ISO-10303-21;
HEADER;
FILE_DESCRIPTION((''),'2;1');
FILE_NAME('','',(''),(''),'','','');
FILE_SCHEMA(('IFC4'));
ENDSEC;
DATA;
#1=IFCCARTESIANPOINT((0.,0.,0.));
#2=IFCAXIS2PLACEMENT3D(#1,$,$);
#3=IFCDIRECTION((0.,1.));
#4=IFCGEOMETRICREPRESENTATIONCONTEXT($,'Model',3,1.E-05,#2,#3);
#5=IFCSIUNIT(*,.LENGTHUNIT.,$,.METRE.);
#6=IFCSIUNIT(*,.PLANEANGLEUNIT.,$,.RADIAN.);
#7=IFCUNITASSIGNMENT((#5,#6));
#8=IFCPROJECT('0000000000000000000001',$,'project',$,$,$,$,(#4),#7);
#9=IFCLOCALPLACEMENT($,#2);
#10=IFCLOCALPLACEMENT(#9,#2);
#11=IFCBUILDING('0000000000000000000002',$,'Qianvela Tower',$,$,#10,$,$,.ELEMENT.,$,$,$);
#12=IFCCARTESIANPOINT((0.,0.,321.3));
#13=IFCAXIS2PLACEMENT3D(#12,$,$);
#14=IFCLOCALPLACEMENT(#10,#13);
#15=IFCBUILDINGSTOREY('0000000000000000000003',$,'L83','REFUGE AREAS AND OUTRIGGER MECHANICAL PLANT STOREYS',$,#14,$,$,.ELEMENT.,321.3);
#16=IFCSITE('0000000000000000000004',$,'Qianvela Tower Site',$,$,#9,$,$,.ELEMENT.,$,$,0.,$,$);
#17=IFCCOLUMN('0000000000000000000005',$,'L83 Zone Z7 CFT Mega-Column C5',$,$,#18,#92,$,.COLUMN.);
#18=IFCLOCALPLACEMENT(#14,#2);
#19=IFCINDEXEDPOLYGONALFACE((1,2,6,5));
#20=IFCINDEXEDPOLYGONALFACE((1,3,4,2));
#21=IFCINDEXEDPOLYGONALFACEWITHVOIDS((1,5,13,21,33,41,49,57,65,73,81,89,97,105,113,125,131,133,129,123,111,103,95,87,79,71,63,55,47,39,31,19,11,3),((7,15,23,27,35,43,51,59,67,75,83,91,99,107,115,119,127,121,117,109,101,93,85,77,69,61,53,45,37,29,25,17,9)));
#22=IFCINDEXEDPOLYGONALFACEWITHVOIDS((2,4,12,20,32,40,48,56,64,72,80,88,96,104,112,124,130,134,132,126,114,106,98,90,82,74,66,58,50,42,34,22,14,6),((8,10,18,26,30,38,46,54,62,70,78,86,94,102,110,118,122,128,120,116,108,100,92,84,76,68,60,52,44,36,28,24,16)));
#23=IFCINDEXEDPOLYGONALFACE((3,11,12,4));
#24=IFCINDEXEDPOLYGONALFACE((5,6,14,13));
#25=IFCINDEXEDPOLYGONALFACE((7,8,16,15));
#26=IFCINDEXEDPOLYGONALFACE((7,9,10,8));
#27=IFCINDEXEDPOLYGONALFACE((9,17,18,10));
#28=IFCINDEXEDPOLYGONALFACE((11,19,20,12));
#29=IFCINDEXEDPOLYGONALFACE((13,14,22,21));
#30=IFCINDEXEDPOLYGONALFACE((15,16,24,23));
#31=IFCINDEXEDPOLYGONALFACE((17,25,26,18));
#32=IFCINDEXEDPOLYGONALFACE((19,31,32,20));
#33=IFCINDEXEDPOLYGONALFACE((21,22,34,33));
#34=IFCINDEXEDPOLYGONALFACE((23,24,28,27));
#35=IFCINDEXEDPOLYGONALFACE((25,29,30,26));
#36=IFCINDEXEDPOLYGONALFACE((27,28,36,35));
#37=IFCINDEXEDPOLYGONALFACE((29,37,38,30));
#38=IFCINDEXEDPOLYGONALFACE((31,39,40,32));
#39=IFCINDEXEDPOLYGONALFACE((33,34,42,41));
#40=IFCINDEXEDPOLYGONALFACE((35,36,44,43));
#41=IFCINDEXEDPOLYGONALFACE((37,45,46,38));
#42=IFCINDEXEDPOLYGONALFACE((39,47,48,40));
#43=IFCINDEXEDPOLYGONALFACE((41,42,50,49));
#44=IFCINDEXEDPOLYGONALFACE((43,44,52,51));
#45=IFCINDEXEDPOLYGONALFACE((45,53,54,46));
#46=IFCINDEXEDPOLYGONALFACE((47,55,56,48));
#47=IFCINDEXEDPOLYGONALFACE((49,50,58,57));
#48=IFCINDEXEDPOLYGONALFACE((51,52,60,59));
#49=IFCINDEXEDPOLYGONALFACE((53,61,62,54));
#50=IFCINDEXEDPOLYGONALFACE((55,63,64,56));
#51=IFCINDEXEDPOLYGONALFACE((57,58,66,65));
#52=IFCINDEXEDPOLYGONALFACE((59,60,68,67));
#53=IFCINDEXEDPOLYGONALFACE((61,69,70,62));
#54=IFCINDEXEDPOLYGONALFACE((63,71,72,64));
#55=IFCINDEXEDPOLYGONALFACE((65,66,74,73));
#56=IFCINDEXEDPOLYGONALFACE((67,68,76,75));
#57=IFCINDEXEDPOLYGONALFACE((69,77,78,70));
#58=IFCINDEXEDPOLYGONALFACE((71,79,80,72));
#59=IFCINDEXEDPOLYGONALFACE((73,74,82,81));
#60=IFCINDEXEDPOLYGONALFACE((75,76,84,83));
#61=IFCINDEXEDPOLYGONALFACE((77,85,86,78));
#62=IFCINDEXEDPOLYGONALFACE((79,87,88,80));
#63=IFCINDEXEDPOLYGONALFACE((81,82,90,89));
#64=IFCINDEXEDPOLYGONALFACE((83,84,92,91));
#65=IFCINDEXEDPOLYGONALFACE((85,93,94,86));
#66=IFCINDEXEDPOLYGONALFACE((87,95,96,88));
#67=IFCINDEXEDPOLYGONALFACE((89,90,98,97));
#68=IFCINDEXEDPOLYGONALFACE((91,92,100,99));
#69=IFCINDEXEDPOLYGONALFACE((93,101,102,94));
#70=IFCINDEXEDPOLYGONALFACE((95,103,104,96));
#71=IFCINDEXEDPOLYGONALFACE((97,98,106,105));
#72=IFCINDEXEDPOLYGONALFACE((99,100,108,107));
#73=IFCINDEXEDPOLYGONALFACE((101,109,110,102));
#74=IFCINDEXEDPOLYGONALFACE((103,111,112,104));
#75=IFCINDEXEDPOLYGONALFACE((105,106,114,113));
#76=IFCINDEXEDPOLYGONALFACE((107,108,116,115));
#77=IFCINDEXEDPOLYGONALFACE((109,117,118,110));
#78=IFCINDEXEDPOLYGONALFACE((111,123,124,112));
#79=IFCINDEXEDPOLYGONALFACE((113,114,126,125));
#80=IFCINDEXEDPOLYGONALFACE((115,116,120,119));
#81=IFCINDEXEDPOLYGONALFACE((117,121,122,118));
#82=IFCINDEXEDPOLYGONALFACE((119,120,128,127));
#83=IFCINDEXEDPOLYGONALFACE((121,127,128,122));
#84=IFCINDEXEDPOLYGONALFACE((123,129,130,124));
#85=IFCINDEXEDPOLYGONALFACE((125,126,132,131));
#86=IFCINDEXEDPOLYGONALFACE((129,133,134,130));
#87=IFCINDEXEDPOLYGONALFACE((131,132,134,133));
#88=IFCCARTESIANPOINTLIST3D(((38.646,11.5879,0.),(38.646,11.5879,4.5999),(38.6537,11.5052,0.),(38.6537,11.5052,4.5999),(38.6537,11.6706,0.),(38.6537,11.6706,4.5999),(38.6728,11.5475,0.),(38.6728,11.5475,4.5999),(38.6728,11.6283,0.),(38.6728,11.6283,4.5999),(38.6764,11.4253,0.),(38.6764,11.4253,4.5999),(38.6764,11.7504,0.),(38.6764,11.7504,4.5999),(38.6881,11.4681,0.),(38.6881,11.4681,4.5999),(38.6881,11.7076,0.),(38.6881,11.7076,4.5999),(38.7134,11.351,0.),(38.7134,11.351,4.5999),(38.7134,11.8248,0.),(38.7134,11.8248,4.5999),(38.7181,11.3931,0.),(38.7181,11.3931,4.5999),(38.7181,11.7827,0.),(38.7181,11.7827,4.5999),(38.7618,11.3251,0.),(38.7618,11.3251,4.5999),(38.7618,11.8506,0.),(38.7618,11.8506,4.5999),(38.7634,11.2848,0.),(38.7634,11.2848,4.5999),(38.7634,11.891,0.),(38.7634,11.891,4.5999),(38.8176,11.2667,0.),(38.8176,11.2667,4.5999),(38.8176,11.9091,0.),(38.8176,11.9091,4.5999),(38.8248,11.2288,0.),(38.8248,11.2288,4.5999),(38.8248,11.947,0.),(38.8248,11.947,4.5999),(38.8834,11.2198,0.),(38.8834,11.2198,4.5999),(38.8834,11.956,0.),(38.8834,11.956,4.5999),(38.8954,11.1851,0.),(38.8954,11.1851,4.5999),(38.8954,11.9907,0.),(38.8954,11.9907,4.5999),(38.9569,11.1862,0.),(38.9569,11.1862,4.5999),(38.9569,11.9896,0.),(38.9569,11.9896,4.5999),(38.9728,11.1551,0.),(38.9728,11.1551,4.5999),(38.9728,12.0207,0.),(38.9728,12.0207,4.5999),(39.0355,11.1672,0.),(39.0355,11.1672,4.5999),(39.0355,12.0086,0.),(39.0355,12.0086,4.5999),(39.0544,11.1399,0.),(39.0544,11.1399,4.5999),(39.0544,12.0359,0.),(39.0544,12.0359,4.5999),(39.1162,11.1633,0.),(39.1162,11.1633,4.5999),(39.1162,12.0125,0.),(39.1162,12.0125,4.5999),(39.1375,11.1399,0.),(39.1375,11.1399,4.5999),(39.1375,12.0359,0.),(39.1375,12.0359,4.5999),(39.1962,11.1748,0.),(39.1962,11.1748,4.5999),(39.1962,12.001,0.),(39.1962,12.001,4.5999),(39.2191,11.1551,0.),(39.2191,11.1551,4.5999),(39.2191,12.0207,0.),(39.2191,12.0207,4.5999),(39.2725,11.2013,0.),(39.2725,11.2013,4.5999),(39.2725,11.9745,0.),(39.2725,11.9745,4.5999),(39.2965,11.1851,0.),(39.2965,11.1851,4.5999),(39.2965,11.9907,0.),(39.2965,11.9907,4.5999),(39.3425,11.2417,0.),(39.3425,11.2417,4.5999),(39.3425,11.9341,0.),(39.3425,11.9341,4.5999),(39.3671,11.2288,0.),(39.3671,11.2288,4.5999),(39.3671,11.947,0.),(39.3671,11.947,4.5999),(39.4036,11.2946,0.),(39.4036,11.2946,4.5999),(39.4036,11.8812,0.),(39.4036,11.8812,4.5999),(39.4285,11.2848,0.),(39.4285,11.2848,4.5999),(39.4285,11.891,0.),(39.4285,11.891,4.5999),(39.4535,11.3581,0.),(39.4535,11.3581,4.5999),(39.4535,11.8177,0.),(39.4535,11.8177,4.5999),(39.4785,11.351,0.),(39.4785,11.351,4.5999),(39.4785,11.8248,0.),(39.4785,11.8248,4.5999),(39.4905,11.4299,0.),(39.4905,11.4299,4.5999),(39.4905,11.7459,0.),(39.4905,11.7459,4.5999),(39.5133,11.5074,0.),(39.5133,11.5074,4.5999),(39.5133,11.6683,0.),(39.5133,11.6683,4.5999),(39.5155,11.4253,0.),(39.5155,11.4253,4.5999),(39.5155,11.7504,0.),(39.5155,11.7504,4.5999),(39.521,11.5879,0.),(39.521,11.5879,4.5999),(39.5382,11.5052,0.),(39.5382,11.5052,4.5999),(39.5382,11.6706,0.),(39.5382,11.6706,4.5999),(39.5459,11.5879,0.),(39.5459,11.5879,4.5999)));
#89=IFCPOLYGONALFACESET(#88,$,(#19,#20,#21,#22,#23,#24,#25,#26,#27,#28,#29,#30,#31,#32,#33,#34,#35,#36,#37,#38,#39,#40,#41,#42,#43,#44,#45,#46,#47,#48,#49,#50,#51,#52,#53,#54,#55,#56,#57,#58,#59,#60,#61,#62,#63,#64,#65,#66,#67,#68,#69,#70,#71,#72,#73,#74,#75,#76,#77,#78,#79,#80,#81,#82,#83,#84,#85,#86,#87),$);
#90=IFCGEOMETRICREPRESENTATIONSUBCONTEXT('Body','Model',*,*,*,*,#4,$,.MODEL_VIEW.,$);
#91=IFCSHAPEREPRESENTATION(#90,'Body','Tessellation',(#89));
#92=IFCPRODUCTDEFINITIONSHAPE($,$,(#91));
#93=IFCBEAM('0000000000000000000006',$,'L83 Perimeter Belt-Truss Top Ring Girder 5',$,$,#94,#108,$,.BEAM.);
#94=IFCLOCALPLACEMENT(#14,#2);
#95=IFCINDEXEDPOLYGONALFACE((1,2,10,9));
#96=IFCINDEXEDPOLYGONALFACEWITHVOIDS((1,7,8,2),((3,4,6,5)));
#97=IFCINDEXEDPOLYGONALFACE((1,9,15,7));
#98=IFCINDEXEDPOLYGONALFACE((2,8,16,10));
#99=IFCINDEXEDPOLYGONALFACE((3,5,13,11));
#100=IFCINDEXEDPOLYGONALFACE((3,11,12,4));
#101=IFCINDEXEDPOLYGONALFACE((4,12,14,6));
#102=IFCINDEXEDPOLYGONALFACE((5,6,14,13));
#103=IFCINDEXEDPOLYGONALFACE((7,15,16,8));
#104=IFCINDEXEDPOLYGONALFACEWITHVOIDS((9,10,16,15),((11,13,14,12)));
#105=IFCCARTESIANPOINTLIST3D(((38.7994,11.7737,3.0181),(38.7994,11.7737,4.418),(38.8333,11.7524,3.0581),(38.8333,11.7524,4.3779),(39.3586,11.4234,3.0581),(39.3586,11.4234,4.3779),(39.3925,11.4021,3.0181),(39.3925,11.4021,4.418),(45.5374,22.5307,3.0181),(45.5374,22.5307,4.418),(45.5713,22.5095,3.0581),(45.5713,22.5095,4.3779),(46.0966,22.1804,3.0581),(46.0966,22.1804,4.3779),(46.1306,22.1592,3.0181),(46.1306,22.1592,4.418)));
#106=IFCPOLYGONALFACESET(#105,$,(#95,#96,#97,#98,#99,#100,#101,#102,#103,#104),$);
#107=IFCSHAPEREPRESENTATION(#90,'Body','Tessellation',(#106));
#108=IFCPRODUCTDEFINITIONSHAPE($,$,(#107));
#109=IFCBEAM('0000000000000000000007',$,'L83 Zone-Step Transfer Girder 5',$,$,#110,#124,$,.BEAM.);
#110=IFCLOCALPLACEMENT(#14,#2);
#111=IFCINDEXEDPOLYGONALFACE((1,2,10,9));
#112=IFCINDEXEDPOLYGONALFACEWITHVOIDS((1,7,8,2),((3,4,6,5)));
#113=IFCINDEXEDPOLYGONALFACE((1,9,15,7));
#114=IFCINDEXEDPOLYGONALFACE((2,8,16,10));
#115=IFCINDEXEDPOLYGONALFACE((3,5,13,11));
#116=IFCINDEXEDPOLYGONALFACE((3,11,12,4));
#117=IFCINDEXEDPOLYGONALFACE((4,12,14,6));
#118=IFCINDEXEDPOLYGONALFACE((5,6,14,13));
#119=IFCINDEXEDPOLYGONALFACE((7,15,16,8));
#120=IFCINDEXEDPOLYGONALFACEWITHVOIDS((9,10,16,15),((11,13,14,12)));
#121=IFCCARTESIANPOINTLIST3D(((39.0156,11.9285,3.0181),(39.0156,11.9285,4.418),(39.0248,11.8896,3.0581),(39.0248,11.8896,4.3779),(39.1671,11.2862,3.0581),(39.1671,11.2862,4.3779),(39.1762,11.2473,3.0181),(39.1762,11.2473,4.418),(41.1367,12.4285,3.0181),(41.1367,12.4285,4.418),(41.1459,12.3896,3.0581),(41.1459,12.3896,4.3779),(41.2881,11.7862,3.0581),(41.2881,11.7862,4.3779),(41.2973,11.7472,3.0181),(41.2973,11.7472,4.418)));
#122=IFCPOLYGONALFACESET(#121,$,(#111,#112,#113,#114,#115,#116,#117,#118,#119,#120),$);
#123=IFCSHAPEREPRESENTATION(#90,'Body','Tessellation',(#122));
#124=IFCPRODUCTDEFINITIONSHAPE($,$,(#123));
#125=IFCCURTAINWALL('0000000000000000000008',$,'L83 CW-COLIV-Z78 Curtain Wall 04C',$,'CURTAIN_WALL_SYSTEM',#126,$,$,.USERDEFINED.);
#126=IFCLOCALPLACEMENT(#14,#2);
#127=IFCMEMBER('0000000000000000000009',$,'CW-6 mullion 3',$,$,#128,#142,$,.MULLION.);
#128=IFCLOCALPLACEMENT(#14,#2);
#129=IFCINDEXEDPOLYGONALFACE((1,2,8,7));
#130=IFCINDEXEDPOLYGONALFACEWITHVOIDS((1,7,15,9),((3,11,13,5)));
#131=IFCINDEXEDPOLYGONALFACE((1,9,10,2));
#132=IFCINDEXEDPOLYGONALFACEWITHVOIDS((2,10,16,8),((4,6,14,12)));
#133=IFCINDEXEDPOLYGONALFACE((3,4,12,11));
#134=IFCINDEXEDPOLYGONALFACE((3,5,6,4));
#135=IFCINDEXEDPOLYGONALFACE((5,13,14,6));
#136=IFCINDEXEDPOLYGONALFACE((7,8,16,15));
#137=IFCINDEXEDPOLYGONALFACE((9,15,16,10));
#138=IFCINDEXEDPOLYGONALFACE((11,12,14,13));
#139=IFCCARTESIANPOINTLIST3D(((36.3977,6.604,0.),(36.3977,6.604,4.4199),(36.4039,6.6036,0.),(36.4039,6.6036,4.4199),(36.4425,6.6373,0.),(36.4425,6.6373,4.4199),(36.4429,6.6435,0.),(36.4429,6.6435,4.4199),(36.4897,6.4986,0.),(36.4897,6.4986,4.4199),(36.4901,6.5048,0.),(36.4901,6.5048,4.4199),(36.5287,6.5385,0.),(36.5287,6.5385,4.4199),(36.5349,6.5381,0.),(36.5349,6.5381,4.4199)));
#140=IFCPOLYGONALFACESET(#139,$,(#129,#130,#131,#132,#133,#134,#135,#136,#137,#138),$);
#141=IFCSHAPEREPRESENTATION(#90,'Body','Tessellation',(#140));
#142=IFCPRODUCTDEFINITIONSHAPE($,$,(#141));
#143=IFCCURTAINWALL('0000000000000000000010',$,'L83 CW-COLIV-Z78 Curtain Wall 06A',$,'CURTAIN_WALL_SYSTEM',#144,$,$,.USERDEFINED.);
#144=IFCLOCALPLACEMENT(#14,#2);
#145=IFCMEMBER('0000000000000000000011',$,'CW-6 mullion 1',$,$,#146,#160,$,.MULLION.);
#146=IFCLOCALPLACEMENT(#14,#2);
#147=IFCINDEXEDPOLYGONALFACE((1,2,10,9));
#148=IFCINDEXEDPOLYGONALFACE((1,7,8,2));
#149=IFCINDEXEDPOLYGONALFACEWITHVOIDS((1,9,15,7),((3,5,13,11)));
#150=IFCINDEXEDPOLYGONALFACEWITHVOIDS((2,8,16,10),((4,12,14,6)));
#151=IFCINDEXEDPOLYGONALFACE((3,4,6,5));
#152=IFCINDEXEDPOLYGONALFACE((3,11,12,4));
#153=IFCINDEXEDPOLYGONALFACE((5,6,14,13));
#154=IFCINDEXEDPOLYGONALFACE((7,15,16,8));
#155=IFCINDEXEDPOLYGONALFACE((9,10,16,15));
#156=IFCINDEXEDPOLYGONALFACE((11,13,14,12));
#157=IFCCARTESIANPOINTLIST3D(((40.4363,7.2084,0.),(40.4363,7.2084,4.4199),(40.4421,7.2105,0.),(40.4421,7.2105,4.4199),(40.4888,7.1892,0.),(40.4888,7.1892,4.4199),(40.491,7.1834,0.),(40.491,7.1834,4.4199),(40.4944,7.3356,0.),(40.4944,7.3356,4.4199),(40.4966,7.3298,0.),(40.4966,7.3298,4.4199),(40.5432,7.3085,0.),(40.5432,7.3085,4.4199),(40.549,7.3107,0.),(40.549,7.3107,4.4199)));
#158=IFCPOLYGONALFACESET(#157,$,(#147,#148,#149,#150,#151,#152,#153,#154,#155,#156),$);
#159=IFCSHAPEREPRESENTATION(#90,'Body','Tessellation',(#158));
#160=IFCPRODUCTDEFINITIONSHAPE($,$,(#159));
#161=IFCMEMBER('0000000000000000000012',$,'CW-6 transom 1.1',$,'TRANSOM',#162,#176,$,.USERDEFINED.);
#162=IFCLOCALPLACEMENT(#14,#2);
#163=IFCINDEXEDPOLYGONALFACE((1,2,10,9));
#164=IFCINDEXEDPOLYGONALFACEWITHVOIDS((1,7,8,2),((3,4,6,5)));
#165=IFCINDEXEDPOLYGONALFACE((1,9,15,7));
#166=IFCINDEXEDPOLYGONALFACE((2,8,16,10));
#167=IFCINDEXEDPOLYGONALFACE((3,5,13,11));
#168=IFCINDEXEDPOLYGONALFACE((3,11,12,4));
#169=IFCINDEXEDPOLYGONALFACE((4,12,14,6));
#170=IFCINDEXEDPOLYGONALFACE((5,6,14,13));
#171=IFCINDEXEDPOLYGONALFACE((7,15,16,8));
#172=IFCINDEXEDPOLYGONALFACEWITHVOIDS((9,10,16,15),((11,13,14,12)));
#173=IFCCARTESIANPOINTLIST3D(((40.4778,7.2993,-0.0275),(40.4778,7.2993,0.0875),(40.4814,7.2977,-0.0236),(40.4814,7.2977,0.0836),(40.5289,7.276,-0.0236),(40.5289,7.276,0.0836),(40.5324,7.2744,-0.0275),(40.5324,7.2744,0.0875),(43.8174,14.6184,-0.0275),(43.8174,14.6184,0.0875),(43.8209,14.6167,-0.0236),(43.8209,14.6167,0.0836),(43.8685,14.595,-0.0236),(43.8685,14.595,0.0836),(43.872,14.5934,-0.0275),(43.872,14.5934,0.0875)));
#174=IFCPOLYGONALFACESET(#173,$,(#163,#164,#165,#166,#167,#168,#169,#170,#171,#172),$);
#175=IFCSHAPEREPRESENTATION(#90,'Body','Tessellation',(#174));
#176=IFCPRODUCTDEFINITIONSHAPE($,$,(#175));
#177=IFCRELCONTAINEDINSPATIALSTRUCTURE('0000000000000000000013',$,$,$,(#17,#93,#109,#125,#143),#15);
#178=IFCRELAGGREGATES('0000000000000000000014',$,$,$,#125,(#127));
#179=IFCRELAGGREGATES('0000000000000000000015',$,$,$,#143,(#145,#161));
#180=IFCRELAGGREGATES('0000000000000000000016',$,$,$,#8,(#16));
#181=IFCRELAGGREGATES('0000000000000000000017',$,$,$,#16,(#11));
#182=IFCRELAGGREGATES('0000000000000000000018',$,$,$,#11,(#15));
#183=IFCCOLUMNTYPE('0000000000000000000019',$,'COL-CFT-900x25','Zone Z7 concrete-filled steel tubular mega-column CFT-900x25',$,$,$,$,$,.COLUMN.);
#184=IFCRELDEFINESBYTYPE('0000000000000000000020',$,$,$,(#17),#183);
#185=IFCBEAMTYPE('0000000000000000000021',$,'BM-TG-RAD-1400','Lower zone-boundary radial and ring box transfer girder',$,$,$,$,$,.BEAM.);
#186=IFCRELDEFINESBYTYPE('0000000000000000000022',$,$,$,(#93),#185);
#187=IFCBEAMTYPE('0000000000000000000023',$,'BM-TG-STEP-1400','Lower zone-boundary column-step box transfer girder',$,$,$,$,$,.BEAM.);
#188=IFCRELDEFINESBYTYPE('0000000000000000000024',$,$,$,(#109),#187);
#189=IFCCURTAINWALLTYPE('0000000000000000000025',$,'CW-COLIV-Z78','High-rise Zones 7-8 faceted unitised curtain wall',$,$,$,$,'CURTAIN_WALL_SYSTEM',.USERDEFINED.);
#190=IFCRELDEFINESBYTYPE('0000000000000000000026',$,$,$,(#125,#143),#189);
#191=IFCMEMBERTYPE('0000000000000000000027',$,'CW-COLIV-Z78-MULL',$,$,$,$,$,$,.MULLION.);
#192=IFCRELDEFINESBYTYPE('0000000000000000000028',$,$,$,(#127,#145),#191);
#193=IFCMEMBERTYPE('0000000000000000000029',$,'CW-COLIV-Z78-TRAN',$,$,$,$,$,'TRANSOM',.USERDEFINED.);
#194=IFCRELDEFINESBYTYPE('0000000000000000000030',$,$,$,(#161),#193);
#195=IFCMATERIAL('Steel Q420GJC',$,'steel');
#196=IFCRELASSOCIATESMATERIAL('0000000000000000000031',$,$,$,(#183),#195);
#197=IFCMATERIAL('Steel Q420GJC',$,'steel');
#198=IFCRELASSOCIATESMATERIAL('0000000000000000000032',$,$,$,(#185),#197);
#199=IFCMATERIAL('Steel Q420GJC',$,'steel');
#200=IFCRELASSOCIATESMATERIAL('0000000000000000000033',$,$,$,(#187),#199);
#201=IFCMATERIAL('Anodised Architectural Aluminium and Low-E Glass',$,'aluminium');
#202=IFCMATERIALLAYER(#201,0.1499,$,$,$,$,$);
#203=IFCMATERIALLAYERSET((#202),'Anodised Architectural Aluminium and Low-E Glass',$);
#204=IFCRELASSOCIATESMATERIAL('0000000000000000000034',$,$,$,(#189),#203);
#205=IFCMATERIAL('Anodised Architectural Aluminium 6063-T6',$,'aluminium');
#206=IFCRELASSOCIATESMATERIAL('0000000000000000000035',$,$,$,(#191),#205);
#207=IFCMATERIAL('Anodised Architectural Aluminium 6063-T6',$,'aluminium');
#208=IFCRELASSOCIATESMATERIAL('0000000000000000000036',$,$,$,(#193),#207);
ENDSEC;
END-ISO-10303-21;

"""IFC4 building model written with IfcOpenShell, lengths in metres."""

from ifc_helpers import new_model, si_unit, direction, frame, origin, origin_2d, place, context, subcontext, project, spatial, hollow_rectangle, hollow_circle, extrude, material, layer, layer_set, material_profile, profile_set, type_object, element, aggregate, save


model = new_model("IFC4")

# Units and contexts
model_context = context("Model", 3, precision=1e-05, world=origin(), true_north=direction((0.0, 1.0)))
body_context = subcontext(model_context, "Body", "Model", "MODEL_VIEW")
ifc_project = project(units=[si_unit("LENGTHUNIT", "METRE"), si_unit("PLANEANGLEUNIT", "RADIAN")], contexts=[model_context])

# Site, building, storey
site_placement = place(None, origin())
site = spatial("IfcSite", under=ifc_project, at=site_placement, Name="Qianvela Tower Site", CompositionType="ELEMENT", RefElevation=0.0)
building_placement = place(site_placement, origin())
building = spatial("IfcBuilding", under=site, at=building_placement, Name="Qianvela Tower", CompositionType="ELEMENT")
storey_placement = place(building_placement, frame((0.0, 0.0, 321.3)))
storey = spatial("IfcBuildingStorey", under=building, at=storey_placement, Name="L83", Description="REFUGE AREAS AND OUTRIGGER MECHANICAL PLANT STOREYS", CompositionType="ELEMENT", Elevation=321.3)

# Column
ifc_material_1 = material(Name="Steel Q420GJC", Category="steel")
ifc_material_profile_1 = material_profile(ifc_material_1, hollow_circle(Radius=0.45, WallThickness=0.0249, at=origin_2d()), Name="CFT-900x25")
ifc_profile_set_1 = profile_set([ifc_material_profile_1], Name="Steel Q420GJC")
column_type = type_object("IfcColumnType", Name="COL-CFT-900x25", Description="Zone Z7 concrete-filled steel tubular mega-column CFT-900x25", PredefinedType="COLUMN", material=ifc_profile_set_1)
column_placement = place(storey_placement, frame((39.0959, 11.5879, 0.0), z_axis=(0.0, 0.0, 1.0), x_axis=(1.0, 0.0, 0.0)))
element("IfcColumn", 1, at=column_placement, inside=storey, type_object=column_type, Name="L83 Zone Z7 CFT Mega-Column C5", PredefinedType="COLUMN", context=body_context, shape_type="SweptSolid", body=[
    extrude(hollow_circle(Radius=0.45, WallThickness=0.0249, at=origin_2d()), origin(), (0.0, 0.0, 1.0), 4.5999),
])

# Beams
ifc_material_2 = material(Name="Steel Q420GJC", Category="steel")
ifc_material_profile_2 = material_profile(ifc_material_2, hollow_rectangle(XDim=0.7, YDim=1.3999, WallThickness=0.04, at=origin_2d()), Name="TG-BOX-1400x700x40")
ifc_profile_set_2 = profile_set([ifc_material_profile_2], Name="Steel Q420GJC")
beam_type_1 = type_object("IfcBeamType", Name="BM-TG-RAD-1400", Description="Lower zone-boundary radial and ring box transfer girder", PredefinedType="BEAM", material=ifc_profile_set_2)
beam_1_placement = place(storey_placement, frame((39.0959, 11.5879, 3.718), z_axis=(0.530841, 0.847472, 0.0), x_axis=(-0.847472, 0.530841, 0.0)))
element("IfcBeam", 2, at=beam_1_placement, inside=storey, type_object=beam_type_1, Name="L83 Perimeter Belt-Truss Top Ring Girder 5", PredefinedType="BEAM", context=body_context, shape_type="SweptSolid", body=[
    extrude(hollow_rectangle(XDim=0.7, YDim=1.3999, WallThickness=0.04, at=origin_2d()), origin(), (0.0, 0.0, 1.0), 12.6931),
])
ifc_material_3 = material(Name="Steel Q420GJC", Category="steel")
ifc_material_profile_3 = material_profile(ifc_material_3, hollow_rectangle(XDim=0.7, YDim=1.3999, WallThickness=0.04, at=origin_2d()), Name="TG-BOX-1400x700x40")
ifc_profile_set_3 = profile_set([ifc_material_profile_3], Name="Steel Q420GJC")
beam_type_2 = type_object("IfcBeamType", Name="BM-TG-STEP-1400", Description="Lower zone-boundary column-step box transfer girder", PredefinedType="BEAM", material=ifc_profile_set_3)
beam_2_placement = place(storey_placement, frame((39.0959, 11.5879, 3.718), z_axis=(0.973323, 0.229439, 0.0), x_axis=(-0.229439, 0.973323, 0.0)))
element("IfcBeam", 3, at=beam_2_placement, inside=storey, type_object=beam_type_2, Name="L83 Zone-Step Transfer Girder 5", PredefinedType="BEAM", context=body_context, shape_type="SweptSolid", body=[
    extrude(hollow_rectangle(XDim=0.7, YDim=1.3999, WallThickness=0.04, at=origin_2d()), origin(), (0.0, 0.0, 1.0), 2.1792),
])

# Curtain wall, member
ifc_material_4 = material(Name="Anodised Architectural Aluminium and Low-E Glass", Category="aluminium")
ifc_layer_1 = layer(ifc_material_4, 0.1499)
ifc_layer_set_1 = layer_set([ifc_layer_1], Name="Anodised Architectural Aluminium and Low-E Glass")
curtain_wall_type = type_object("IfcCurtainWallType", Name="CW-COLIV-Z78", Description="High-rise Zones 7-8 faceted unitised curtain wall", ElementType="CURTAIN_WALL_SYSTEM", PredefinedType="USERDEFINED", material=ifc_layer_set_1)
curtain_wall_1_placement = place(storey_placement, origin())
curtain_wall_1 = element("IfcCurtainWall", 4, at=curtain_wall_1_placement, inside=storey, type_object=curtain_wall_type, Name="L83 CW-COLIV-Z78 Curtain Wall 04C", ObjectType="CURTAIN_WALL_SYSTEM", PredefinedType="USERDEFINED")
ifc_material_5 = material(Name="Anodised Architectural Aluminium 6063-T6", Category="aluminium")
ifc_material_profile_4 = material_profile(ifc_material_5, hollow_rectangle(XDim=0.0601, YDim=0.1399, WallThickness=0.0044, at=origin_2d()), Name="ALU-MULL-60x140")
ifc_profile_set_4 = profile_set([ifc_material_profile_4], Name="Anodised Architectural Aluminium 6063-T6")
member_type_1 = type_object("IfcMemberType", Name="CW-COLIV-Z78-MULL", PredefinedType="MULLION", material=ifc_profile_set_4)
member_1_placement = place(storey_placement, frame((36.4663, 6.571, 0.0), z_axis=(0.0, 0.0, 1.0), x_axis=(0.753333, 0.657639, 0.0)))
member_1 = element("IfcMember", 5, at=member_1_placement, type_object=member_type_1, Name="CW-6 mullion 3", PredefinedType="MULLION", context=body_context, shape_type="SweptSolid", body=[
    extrude(hollow_rectangle(XDim=0.0601, YDim=0.1399, WallThickness=0.0044, at=origin_2d()), origin(), (0.0, 0.0, 1.0), 4.4199),
])
aggregate(curtain_wall_1, [member_1])

# Curtain wall, members
curtain_wall_2_placement = place(storey_placement, origin())
curtain_wall_2 = element("IfcCurtainWall", 6, at=curtain_wall_2_placement, inside=storey, type_object=curtain_wall_type, Name="L83 CW-COLIV-Z78 Curtain Wall 06A", ObjectType="CURTAIN_WALL_SYSTEM", PredefinedType="USERDEFINED")
member_2_placement = place(storey_placement, frame((40.4927, 7.2595, 0.0), z_axis=(0.0, 0.0, 1.0), x_axis=(-0.909767, 0.41512, 0.0)))
member_2 = element("IfcMember", 7, at=member_2_placement, type_object=member_type_1, Name="CW-6 mullion 1", PredefinedType="MULLION", context=body_context, shape_type="SweptSolid", body=[
    extrude(hollow_rectangle(XDim=0.0601, YDim=0.1399, WallThickness=0.0044, at=origin_2d()), origin(), (0.0, 0.0, 1.0), 4.4199),
])
ifc_material_6 = material(Name="Anodised Architectural Aluminium 6063-T6", Category="aluminium")
ifc_material_profile_5 = material_profile(ifc_material_6, hollow_rectangle(XDim=0.0601, YDim=0.115, WallThickness=0.0039, at=origin_2d()), Name="ALU-TRAN-60x115")
ifc_profile_set_5 = profile_set([ifc_material_profile_5], Name="Anodised Architectural Aluminium 6063-T6")
member_type_2 = type_object("IfcMemberType", Name="CW-COLIV-Z78-TRAN", ElementType="TRANSOM", PredefinedType="USERDEFINED", material=ifc_profile_set_5)
member_3_placement = place(storey_placement, frame((40.5051, 7.2869, 0.03), z_axis=(0.415115, 0.909769, 0.0), x_axis=(-0.909769, 0.415115, 0.0)))
member_3 = element("IfcMember", 8, at=member_3_placement, type_object=member_type_2, Name="CW-6 transom 1.1", ObjectType="TRANSOM", PredefinedType="USERDEFINED", context=body_context, shape_type="SweptSolid", body=[
    extrude(hollow_rectangle(XDim=0.0601, YDim=0.115, WallThickness=0.0039, at=origin_2d()), origin(), (0.0, 0.0, 1.0), 8.0449),
])

aggregate(curtain_wall_2, [member_2, member_3])

save(model, "model.ifc")
